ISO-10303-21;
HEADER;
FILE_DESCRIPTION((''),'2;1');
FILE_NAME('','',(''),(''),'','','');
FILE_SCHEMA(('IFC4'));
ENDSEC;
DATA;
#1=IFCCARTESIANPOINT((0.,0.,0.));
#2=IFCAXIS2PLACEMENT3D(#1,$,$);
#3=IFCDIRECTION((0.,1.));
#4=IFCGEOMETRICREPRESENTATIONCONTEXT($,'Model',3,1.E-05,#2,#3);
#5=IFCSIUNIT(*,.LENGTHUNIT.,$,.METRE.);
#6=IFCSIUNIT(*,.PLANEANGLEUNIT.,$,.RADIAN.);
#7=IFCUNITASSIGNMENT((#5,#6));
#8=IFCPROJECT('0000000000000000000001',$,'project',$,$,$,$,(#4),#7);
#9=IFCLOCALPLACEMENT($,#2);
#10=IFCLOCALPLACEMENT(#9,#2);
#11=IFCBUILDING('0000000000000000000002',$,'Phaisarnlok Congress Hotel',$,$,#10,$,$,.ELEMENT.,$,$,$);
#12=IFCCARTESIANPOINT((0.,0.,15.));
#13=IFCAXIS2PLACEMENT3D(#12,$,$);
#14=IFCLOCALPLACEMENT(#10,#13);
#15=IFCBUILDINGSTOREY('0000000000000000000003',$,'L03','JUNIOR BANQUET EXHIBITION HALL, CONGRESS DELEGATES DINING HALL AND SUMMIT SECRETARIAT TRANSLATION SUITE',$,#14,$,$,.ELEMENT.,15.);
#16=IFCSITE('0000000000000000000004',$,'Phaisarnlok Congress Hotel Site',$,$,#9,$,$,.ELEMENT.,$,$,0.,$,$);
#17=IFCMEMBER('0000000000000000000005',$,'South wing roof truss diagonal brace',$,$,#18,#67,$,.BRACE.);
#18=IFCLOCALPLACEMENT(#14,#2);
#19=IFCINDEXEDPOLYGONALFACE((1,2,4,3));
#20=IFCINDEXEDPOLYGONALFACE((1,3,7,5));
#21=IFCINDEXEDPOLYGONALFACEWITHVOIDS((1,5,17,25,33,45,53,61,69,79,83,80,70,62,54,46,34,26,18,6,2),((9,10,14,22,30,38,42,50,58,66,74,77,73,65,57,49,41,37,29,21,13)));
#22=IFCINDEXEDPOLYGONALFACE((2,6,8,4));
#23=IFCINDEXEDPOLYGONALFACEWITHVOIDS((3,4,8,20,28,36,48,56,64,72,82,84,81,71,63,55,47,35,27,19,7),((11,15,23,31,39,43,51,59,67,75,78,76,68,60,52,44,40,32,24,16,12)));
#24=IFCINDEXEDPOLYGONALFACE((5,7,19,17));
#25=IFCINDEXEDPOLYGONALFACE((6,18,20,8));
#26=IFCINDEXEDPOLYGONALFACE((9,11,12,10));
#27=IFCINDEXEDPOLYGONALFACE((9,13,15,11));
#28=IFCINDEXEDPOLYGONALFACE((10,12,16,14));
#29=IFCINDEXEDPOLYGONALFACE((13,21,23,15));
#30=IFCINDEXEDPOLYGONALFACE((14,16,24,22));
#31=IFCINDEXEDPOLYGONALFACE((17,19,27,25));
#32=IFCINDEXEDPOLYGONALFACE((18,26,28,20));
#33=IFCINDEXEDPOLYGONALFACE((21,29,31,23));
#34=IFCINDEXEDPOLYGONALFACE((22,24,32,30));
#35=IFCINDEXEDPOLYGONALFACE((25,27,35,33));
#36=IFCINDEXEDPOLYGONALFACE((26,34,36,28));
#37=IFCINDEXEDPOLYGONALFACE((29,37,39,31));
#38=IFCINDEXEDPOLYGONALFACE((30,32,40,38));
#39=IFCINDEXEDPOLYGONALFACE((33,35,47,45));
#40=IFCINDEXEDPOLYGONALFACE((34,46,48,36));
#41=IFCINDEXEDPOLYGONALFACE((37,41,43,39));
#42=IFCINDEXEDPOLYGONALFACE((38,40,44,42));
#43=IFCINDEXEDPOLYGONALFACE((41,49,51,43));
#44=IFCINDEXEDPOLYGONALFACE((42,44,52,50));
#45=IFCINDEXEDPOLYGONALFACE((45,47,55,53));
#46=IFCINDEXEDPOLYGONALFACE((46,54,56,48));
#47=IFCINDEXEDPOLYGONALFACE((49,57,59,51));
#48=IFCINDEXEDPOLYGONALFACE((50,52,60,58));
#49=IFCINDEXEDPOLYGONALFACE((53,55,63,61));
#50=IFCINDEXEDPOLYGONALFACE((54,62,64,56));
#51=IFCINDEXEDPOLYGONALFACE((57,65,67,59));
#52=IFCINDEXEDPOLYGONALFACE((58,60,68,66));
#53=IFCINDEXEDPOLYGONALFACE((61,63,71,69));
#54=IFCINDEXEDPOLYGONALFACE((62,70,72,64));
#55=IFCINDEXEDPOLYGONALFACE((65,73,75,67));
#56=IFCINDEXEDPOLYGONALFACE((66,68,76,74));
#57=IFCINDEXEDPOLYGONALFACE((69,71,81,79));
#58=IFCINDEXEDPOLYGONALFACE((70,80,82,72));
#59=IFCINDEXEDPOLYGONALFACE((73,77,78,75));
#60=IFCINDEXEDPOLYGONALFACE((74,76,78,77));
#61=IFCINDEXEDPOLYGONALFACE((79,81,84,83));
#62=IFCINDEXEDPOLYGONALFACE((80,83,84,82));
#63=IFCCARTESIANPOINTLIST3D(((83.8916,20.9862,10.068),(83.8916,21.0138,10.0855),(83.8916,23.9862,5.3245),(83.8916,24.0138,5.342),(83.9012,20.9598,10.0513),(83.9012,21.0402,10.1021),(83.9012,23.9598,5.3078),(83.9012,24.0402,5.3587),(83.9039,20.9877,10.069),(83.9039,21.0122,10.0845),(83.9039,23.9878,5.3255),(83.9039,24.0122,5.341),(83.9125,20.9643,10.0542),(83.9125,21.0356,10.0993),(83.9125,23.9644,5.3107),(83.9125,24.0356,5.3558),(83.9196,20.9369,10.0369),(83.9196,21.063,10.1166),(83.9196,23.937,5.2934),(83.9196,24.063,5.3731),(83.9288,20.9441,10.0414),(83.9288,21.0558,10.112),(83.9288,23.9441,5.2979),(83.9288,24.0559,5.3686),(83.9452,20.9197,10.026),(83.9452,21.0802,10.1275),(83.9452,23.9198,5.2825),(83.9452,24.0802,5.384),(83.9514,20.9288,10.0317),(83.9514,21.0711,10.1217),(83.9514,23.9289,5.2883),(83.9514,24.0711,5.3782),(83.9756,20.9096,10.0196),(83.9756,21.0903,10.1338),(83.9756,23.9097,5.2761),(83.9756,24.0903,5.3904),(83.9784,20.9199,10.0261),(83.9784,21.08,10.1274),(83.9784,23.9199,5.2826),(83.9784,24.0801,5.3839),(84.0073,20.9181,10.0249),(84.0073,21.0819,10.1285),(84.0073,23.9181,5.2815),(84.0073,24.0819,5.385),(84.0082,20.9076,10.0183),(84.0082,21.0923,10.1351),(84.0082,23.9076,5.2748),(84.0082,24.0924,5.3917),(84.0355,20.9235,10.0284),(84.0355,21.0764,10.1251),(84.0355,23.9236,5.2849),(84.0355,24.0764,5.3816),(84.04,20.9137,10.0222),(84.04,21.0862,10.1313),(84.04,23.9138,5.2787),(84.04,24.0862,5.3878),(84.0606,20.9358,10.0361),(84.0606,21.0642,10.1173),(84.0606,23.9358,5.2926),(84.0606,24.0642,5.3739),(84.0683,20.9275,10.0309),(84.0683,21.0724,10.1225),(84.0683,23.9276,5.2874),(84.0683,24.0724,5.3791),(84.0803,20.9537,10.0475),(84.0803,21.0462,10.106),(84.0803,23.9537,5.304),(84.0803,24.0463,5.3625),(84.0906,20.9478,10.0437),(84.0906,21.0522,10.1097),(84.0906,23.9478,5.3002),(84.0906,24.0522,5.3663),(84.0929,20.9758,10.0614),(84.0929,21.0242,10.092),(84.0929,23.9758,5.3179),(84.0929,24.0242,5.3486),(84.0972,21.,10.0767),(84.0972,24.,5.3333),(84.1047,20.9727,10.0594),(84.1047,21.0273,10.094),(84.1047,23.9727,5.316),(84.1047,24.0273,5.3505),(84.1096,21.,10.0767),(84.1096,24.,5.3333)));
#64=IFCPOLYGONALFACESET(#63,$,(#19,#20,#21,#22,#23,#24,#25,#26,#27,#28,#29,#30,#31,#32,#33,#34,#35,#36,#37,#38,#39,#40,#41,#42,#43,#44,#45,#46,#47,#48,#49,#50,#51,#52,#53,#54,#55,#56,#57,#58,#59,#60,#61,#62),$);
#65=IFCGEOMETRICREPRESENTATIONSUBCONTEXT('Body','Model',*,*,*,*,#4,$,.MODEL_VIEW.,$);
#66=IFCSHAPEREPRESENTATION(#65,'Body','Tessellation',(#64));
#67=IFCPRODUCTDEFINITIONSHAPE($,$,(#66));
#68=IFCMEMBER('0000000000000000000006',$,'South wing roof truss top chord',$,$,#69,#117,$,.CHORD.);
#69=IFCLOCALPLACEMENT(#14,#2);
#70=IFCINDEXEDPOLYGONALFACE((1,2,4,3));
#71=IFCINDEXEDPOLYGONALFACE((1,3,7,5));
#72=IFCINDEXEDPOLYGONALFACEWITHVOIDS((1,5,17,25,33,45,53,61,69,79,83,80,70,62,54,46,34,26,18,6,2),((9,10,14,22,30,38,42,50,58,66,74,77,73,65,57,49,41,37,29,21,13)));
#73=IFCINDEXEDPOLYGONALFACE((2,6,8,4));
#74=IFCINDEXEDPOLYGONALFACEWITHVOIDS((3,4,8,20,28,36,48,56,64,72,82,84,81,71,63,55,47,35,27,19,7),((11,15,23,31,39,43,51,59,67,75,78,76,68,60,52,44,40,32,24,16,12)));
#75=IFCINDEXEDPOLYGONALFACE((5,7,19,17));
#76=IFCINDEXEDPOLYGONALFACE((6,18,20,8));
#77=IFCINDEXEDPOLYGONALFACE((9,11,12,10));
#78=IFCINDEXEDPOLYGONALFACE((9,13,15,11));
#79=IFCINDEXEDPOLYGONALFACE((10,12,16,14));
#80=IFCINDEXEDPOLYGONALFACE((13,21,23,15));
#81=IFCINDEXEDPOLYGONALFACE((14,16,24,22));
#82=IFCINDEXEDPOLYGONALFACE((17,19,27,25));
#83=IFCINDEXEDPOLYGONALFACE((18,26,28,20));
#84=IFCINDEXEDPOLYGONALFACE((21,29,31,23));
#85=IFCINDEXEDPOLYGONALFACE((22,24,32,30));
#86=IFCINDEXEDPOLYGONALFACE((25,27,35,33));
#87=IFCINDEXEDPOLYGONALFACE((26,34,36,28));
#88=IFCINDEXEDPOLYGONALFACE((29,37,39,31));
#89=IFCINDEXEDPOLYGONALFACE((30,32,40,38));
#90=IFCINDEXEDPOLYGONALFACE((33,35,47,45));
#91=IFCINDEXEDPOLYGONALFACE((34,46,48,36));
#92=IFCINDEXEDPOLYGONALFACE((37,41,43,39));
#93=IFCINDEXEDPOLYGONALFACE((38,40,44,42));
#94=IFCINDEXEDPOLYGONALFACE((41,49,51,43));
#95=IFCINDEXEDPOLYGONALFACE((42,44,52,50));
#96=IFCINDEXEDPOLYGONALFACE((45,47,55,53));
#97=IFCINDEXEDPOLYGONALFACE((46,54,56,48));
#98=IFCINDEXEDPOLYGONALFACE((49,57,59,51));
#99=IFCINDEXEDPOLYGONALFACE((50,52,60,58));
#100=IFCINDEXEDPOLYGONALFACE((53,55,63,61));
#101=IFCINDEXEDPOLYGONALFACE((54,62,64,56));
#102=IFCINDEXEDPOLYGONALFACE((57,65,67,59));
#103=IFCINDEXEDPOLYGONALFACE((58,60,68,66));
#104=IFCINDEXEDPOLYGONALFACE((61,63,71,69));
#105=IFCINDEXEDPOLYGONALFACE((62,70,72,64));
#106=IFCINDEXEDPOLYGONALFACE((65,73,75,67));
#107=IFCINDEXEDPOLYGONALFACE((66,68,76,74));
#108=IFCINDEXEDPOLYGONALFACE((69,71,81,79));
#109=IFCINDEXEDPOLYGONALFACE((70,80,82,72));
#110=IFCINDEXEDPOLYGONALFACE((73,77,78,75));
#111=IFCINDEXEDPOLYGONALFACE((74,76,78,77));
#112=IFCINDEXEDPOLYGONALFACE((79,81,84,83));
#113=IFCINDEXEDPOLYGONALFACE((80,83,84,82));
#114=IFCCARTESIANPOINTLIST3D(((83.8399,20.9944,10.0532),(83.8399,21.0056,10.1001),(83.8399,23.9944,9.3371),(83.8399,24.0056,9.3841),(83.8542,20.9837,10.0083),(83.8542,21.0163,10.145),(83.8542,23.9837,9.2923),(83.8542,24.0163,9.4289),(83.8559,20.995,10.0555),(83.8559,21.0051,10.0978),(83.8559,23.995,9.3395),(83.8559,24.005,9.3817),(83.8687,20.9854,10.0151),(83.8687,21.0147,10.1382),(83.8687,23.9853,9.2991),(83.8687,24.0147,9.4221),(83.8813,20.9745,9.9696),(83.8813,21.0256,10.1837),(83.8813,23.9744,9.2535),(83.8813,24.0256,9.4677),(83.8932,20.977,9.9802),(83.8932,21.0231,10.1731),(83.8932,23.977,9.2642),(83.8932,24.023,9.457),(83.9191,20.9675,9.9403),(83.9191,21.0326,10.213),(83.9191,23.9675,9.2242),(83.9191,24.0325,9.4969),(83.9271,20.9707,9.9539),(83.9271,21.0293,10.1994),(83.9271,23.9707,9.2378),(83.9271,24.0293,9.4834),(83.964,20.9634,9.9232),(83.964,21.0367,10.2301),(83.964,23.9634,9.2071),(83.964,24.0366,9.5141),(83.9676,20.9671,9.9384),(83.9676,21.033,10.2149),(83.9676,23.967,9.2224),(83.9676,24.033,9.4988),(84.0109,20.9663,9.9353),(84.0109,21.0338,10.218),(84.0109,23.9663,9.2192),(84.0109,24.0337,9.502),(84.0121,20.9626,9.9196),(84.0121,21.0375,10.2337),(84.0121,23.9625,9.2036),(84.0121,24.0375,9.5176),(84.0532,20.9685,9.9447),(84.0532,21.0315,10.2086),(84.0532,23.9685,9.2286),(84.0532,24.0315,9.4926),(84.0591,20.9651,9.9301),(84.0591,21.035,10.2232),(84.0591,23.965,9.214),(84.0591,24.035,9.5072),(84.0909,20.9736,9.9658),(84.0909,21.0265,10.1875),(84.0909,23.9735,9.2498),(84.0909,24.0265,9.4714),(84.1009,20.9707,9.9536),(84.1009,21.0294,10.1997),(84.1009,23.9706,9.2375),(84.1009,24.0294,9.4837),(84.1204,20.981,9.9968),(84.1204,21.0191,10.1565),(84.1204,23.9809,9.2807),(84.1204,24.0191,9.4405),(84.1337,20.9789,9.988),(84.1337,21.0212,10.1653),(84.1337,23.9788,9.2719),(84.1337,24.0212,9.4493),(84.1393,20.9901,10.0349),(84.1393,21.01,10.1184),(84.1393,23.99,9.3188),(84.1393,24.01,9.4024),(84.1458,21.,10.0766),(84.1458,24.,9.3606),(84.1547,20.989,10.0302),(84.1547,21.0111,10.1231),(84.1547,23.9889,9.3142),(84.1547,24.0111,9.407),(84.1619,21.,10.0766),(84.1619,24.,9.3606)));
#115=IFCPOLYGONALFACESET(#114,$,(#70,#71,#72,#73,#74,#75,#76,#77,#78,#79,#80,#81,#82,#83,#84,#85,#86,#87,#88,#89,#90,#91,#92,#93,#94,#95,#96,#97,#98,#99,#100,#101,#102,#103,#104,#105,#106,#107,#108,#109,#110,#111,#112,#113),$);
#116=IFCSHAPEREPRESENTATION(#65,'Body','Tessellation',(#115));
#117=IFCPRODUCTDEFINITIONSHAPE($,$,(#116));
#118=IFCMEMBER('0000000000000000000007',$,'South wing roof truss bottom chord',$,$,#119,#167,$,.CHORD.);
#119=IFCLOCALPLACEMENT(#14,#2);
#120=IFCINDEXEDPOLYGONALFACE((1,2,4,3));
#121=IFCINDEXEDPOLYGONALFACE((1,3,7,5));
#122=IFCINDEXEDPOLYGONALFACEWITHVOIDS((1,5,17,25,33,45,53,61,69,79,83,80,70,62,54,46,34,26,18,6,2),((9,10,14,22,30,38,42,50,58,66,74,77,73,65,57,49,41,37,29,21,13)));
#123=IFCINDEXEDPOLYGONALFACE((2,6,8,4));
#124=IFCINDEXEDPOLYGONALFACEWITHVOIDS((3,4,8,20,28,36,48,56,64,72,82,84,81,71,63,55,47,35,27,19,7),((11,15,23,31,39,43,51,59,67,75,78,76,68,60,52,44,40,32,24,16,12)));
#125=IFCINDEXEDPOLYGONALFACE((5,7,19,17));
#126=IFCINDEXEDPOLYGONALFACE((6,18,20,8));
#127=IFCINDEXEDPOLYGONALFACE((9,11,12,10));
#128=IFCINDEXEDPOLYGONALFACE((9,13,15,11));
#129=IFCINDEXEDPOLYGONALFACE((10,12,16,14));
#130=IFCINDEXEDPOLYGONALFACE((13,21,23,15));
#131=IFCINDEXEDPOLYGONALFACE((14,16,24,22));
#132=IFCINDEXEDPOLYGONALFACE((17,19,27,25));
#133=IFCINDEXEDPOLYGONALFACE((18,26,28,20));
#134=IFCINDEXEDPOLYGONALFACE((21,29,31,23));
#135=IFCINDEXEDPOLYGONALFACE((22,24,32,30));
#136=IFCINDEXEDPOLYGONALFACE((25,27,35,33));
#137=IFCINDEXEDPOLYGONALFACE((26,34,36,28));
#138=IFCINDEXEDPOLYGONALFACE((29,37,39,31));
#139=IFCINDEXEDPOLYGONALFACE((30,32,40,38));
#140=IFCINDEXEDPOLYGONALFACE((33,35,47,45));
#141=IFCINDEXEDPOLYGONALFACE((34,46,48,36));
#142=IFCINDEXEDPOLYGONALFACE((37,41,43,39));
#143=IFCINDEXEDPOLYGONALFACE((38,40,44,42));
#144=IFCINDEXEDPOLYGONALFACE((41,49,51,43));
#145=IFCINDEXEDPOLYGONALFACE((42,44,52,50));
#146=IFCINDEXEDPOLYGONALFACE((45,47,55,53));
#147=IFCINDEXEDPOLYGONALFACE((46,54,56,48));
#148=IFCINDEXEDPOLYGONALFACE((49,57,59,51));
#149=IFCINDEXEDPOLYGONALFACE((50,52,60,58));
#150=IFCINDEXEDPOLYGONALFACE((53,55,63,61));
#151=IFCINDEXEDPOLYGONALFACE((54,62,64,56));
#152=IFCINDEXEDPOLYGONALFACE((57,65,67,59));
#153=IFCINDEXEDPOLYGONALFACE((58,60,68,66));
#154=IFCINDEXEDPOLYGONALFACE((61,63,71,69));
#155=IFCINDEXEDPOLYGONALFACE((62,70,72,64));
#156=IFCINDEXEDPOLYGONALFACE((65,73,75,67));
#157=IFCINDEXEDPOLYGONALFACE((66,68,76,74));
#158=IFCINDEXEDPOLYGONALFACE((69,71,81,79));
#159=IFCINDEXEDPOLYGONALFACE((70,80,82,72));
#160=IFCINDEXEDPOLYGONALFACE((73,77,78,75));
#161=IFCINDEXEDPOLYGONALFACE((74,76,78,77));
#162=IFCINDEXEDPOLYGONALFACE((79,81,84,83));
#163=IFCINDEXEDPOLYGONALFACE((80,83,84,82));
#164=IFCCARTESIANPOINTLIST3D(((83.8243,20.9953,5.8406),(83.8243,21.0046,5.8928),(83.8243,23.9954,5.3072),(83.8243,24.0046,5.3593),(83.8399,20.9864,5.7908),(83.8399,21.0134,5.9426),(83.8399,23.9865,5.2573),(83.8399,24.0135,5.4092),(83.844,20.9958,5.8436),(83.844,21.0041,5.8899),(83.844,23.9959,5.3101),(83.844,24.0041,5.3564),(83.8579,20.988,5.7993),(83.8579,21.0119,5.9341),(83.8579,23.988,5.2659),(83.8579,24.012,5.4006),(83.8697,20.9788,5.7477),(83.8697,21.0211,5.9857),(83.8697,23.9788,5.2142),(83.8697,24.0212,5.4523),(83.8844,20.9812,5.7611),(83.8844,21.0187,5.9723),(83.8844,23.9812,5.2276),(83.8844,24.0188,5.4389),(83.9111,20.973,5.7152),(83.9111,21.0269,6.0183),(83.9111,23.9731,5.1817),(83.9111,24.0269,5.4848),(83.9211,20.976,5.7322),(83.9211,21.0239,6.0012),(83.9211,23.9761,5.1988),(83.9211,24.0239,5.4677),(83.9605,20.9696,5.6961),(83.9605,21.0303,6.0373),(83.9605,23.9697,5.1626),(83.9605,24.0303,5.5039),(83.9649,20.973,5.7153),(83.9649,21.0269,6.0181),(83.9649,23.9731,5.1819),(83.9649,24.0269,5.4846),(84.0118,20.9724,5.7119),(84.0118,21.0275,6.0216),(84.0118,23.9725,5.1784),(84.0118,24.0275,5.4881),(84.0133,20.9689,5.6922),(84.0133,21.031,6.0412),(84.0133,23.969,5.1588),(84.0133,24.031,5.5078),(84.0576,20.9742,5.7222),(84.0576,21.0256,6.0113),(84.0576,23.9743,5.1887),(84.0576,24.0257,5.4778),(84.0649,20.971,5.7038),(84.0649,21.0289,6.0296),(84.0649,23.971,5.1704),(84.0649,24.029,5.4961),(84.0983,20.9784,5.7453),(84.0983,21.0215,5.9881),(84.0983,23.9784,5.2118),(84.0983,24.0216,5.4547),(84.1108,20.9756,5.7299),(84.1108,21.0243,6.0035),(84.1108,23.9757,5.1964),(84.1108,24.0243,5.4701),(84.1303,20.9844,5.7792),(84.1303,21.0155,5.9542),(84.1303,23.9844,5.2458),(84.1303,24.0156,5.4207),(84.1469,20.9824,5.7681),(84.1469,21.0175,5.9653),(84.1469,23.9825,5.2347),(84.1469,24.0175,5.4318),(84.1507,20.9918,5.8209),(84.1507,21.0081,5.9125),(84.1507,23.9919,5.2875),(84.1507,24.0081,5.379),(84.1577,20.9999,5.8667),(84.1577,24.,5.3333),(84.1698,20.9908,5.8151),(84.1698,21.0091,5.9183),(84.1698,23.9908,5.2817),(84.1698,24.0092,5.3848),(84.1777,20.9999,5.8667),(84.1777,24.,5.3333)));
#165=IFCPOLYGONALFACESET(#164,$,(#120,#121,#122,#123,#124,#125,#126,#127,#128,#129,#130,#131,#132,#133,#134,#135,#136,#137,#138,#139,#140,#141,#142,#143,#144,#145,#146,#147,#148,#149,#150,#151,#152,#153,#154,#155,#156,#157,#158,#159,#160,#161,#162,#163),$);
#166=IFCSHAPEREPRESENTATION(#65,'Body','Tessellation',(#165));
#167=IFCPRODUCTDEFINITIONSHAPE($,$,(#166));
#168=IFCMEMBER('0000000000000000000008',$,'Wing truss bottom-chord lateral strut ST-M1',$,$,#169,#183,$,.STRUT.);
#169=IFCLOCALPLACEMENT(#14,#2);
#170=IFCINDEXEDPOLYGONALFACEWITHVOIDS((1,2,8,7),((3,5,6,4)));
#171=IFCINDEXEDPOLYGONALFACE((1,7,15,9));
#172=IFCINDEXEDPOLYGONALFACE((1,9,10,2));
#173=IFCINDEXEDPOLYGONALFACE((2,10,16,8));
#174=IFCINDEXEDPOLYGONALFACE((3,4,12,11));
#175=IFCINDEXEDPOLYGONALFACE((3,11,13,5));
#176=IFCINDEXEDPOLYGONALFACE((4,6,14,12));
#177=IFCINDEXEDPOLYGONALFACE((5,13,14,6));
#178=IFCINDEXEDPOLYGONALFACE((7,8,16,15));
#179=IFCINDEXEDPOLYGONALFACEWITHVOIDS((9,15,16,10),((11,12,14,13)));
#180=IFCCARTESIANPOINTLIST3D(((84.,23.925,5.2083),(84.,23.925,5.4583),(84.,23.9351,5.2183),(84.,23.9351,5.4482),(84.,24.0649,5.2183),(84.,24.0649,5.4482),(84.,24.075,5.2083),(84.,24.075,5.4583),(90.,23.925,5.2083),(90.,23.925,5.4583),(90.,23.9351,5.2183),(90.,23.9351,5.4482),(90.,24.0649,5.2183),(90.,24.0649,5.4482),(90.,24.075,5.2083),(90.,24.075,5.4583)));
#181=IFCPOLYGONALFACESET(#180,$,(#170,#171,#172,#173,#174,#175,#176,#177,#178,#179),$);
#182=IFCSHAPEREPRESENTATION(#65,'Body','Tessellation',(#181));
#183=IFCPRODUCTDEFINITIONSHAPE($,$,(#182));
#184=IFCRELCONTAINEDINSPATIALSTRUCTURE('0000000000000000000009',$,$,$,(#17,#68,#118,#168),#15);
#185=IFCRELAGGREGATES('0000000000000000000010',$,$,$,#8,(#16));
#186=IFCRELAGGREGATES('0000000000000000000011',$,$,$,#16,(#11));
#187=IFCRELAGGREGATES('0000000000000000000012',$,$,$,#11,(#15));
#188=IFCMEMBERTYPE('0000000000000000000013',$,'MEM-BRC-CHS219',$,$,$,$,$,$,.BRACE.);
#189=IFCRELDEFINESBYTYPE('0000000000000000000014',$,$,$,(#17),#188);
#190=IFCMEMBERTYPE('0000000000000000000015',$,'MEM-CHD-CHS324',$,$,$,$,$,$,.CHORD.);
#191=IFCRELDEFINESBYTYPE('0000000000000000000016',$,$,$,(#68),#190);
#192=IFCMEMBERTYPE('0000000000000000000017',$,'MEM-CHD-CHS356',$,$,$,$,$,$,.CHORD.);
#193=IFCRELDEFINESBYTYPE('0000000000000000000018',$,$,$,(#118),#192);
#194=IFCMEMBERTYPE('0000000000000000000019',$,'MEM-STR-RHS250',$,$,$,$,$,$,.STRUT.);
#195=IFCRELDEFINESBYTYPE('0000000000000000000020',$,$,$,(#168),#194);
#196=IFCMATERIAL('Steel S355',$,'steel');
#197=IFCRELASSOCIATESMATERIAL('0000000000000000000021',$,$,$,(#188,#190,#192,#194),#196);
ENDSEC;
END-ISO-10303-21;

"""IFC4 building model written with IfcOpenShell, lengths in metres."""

from ifc_helpers import new_model, si_unit, direction, frame, origin, origin_2d, place, context, subcontext, project, spatial, hollow_rectangle, hollow_circle, extrude, material, material_profile, profile_set, type_object, element, save


model = new_model("IFC4")

# Units and contexts
model_context = context("Model", 3, precision=1e-05, world=origin(), true_north=direction((0.0, 1.0)))
body_context = subcontext(model_context, "Body", "Model", "MODEL_VIEW")
ifc_project = project(units=[si_unit("LENGTHUNIT", "METRE"), si_unit("PLANEANGLEUNIT", "RADIAN")], contexts=[model_context])

# Site, building, storey
site_placement = place(None, origin())
site = spatial("IfcSite", under=ifc_project, at=site_placement, Name="Phaisarnlok Congress Hotel Site", CompositionType="ELEMENT", RefElevation=0.0)
building_placement = place(site_placement, origin())
building = spatial("IfcBuilding", under=site, at=building_placement, Name="Phaisarnlok Congress Hotel", CompositionType="ELEMENT")
storey_placement = place(building_placement, frame((0.0, 0.0, 15.0)))
storey = spatial("IfcBuildingStorey", under=building, at=storey_placement, Name="L03", Description="JUNIOR BANQUET EXHIBITION HALL, CONGRESS DELEGATES DINING HALL AND SUMMIT SECRETARIAT TRANSLATION SUITE", CompositionType="ELEMENT", Elevation=15.0)

# Shared definitions
ifc_material_1 = material(Name="Steel S355", Category="steel")

# Members
ifc_material_profile_1 = material_profile(ifc_material_1, hollow_circle(Radius=0.1096, WallThickness=0.0125, at=origin_2d()), Name="CHS 219.1x12.5")
ifc_profile_set_1 = profile_set([ifc_material_profile_1], Name="Steel S355")
member_type_1 = type_object("IfcMemberType", Name="MEM-BRC-CHS219", PredefinedType="BRACE", material=ifc_profile_set_1)
member_1_placement = place(storey_placement, frame((84.0, 24.0, 5.3333), z_axis=(0.0, -0.534523, 0.845154), x_axis=(1.0, 0.0, 0.0)))
element("IfcMember", 1, at=member_1_placement, inside=storey, type_object=member_type_1, Name="South wing roof truss diagonal brace", PredefinedType="BRACE", context=body_context, shape_type="SweptSolid", body=[
    extrude(hollow_circle(Radius=0.1096, WallThickness=0.0125, at=origin_2d()), origin(), (0.0, 0.0, 1.0), 5.6125),
])
ifc_material_profile_2 = material_profile(ifc_material_1, hollow_circle(Radius=0.1619, WallThickness=0.0161, at=origin_2d()), Name="CHS 323.9x16")
ifc_profile_set_2 = profile_set([ifc_material_profile_2], Name="Steel S355")
member_type_2 = type_object("IfcMemberType", Name="MEM-CHD-CHS324", PredefinedType="CHORD", material=ifc_profile_set_2)
member_2_placement = place(storey_placement, frame((84.0, 24.0, 9.3606), z_axis=(0.0, -0.972676, 0.232166), x_axis=(1.0, 0.0, 0.0)))
element("IfcMember", 2, at=member_2_placement, inside=storey, type_object=member_type_2, Name="South wing roof truss top chord", PredefinedType="CHORD", context=body_context, shape_type="SweptSolid", body=[
    extrude(hollow_circle(Radius=0.1619, WallThickness=0.0161, at=origin_2d()), origin(), (0.0, 0.0, 1.0), 3.0842),
])
ifc_material_profile_3 = material_profile(ifc_material_1, hollow_circle(Radius=0.1777, WallThickness=0.02, at=origin_2d()), Name="CHS 355.6x20")
ifc_profile_set_3 = profile_set([ifc_material_profile_3], Name="Steel S355")
member_type_3 = type_object("IfcMemberType", Name="MEM-CHD-CHS356", PredefinedType="CHORD", material=ifc_profile_set_3)
member_3_placement = place(storey_placement, frame((84.0, 24.0, 5.3333), z_axis=(0.0, -0.984556, 0.17507), x_axis=(1.0, 0.0, 0.0)))
element("IfcMember", 3, at=member_3_placement, inside=storey, type_object=member_type_3, Name="South wing roof truss bottom chord", PredefinedType="CHORD", context=body_context, shape_type="SweptSolid", body=[
    extrude(hollow_circle(Radius=0.1777, WallThickness=0.02, at=origin_2d()), origin(), (0.0, 0.0, 1.0), 3.0471),
])
ifc_material_profile_4 = material_profile(ifc_material_1, hollow_rectangle(XDim=0.1499, YDim=0.25, WallThickness=0.01, at=origin_2d()), Name="RHS 250x150x10")
ifc_profile_set_4 = profile_set([ifc_material_profile_4], Name="Steel S355")
member_type_4 = type_object("IfcMemberType", Name="MEM-STR-RHS250", PredefinedType="STRUT", material=ifc_profile_set_4)
member_4_placement = place(storey_placement, frame((84.0, 24.0, 5.3333), z_axis=(1.0, 0.0, 0.0), x_axis=(0.0, 1.0, 0.0)))
element("IfcMember", 4, at=member_4_placement, inside=storey, type_object=member_type_4, Name="Wing truss bottom-chord lateral strut ST-M1", PredefinedType="STRUT", context=body_context, shape_type="SweptSolid", body=[
    extrude(hollow_rectangle(XDim=0.1499, YDim=0.25, WallThickness=0.01, at=origin_2d()), origin(), (0.0, 0.0, 1.0), 6.0),
])

save(model, "model.ifc")
